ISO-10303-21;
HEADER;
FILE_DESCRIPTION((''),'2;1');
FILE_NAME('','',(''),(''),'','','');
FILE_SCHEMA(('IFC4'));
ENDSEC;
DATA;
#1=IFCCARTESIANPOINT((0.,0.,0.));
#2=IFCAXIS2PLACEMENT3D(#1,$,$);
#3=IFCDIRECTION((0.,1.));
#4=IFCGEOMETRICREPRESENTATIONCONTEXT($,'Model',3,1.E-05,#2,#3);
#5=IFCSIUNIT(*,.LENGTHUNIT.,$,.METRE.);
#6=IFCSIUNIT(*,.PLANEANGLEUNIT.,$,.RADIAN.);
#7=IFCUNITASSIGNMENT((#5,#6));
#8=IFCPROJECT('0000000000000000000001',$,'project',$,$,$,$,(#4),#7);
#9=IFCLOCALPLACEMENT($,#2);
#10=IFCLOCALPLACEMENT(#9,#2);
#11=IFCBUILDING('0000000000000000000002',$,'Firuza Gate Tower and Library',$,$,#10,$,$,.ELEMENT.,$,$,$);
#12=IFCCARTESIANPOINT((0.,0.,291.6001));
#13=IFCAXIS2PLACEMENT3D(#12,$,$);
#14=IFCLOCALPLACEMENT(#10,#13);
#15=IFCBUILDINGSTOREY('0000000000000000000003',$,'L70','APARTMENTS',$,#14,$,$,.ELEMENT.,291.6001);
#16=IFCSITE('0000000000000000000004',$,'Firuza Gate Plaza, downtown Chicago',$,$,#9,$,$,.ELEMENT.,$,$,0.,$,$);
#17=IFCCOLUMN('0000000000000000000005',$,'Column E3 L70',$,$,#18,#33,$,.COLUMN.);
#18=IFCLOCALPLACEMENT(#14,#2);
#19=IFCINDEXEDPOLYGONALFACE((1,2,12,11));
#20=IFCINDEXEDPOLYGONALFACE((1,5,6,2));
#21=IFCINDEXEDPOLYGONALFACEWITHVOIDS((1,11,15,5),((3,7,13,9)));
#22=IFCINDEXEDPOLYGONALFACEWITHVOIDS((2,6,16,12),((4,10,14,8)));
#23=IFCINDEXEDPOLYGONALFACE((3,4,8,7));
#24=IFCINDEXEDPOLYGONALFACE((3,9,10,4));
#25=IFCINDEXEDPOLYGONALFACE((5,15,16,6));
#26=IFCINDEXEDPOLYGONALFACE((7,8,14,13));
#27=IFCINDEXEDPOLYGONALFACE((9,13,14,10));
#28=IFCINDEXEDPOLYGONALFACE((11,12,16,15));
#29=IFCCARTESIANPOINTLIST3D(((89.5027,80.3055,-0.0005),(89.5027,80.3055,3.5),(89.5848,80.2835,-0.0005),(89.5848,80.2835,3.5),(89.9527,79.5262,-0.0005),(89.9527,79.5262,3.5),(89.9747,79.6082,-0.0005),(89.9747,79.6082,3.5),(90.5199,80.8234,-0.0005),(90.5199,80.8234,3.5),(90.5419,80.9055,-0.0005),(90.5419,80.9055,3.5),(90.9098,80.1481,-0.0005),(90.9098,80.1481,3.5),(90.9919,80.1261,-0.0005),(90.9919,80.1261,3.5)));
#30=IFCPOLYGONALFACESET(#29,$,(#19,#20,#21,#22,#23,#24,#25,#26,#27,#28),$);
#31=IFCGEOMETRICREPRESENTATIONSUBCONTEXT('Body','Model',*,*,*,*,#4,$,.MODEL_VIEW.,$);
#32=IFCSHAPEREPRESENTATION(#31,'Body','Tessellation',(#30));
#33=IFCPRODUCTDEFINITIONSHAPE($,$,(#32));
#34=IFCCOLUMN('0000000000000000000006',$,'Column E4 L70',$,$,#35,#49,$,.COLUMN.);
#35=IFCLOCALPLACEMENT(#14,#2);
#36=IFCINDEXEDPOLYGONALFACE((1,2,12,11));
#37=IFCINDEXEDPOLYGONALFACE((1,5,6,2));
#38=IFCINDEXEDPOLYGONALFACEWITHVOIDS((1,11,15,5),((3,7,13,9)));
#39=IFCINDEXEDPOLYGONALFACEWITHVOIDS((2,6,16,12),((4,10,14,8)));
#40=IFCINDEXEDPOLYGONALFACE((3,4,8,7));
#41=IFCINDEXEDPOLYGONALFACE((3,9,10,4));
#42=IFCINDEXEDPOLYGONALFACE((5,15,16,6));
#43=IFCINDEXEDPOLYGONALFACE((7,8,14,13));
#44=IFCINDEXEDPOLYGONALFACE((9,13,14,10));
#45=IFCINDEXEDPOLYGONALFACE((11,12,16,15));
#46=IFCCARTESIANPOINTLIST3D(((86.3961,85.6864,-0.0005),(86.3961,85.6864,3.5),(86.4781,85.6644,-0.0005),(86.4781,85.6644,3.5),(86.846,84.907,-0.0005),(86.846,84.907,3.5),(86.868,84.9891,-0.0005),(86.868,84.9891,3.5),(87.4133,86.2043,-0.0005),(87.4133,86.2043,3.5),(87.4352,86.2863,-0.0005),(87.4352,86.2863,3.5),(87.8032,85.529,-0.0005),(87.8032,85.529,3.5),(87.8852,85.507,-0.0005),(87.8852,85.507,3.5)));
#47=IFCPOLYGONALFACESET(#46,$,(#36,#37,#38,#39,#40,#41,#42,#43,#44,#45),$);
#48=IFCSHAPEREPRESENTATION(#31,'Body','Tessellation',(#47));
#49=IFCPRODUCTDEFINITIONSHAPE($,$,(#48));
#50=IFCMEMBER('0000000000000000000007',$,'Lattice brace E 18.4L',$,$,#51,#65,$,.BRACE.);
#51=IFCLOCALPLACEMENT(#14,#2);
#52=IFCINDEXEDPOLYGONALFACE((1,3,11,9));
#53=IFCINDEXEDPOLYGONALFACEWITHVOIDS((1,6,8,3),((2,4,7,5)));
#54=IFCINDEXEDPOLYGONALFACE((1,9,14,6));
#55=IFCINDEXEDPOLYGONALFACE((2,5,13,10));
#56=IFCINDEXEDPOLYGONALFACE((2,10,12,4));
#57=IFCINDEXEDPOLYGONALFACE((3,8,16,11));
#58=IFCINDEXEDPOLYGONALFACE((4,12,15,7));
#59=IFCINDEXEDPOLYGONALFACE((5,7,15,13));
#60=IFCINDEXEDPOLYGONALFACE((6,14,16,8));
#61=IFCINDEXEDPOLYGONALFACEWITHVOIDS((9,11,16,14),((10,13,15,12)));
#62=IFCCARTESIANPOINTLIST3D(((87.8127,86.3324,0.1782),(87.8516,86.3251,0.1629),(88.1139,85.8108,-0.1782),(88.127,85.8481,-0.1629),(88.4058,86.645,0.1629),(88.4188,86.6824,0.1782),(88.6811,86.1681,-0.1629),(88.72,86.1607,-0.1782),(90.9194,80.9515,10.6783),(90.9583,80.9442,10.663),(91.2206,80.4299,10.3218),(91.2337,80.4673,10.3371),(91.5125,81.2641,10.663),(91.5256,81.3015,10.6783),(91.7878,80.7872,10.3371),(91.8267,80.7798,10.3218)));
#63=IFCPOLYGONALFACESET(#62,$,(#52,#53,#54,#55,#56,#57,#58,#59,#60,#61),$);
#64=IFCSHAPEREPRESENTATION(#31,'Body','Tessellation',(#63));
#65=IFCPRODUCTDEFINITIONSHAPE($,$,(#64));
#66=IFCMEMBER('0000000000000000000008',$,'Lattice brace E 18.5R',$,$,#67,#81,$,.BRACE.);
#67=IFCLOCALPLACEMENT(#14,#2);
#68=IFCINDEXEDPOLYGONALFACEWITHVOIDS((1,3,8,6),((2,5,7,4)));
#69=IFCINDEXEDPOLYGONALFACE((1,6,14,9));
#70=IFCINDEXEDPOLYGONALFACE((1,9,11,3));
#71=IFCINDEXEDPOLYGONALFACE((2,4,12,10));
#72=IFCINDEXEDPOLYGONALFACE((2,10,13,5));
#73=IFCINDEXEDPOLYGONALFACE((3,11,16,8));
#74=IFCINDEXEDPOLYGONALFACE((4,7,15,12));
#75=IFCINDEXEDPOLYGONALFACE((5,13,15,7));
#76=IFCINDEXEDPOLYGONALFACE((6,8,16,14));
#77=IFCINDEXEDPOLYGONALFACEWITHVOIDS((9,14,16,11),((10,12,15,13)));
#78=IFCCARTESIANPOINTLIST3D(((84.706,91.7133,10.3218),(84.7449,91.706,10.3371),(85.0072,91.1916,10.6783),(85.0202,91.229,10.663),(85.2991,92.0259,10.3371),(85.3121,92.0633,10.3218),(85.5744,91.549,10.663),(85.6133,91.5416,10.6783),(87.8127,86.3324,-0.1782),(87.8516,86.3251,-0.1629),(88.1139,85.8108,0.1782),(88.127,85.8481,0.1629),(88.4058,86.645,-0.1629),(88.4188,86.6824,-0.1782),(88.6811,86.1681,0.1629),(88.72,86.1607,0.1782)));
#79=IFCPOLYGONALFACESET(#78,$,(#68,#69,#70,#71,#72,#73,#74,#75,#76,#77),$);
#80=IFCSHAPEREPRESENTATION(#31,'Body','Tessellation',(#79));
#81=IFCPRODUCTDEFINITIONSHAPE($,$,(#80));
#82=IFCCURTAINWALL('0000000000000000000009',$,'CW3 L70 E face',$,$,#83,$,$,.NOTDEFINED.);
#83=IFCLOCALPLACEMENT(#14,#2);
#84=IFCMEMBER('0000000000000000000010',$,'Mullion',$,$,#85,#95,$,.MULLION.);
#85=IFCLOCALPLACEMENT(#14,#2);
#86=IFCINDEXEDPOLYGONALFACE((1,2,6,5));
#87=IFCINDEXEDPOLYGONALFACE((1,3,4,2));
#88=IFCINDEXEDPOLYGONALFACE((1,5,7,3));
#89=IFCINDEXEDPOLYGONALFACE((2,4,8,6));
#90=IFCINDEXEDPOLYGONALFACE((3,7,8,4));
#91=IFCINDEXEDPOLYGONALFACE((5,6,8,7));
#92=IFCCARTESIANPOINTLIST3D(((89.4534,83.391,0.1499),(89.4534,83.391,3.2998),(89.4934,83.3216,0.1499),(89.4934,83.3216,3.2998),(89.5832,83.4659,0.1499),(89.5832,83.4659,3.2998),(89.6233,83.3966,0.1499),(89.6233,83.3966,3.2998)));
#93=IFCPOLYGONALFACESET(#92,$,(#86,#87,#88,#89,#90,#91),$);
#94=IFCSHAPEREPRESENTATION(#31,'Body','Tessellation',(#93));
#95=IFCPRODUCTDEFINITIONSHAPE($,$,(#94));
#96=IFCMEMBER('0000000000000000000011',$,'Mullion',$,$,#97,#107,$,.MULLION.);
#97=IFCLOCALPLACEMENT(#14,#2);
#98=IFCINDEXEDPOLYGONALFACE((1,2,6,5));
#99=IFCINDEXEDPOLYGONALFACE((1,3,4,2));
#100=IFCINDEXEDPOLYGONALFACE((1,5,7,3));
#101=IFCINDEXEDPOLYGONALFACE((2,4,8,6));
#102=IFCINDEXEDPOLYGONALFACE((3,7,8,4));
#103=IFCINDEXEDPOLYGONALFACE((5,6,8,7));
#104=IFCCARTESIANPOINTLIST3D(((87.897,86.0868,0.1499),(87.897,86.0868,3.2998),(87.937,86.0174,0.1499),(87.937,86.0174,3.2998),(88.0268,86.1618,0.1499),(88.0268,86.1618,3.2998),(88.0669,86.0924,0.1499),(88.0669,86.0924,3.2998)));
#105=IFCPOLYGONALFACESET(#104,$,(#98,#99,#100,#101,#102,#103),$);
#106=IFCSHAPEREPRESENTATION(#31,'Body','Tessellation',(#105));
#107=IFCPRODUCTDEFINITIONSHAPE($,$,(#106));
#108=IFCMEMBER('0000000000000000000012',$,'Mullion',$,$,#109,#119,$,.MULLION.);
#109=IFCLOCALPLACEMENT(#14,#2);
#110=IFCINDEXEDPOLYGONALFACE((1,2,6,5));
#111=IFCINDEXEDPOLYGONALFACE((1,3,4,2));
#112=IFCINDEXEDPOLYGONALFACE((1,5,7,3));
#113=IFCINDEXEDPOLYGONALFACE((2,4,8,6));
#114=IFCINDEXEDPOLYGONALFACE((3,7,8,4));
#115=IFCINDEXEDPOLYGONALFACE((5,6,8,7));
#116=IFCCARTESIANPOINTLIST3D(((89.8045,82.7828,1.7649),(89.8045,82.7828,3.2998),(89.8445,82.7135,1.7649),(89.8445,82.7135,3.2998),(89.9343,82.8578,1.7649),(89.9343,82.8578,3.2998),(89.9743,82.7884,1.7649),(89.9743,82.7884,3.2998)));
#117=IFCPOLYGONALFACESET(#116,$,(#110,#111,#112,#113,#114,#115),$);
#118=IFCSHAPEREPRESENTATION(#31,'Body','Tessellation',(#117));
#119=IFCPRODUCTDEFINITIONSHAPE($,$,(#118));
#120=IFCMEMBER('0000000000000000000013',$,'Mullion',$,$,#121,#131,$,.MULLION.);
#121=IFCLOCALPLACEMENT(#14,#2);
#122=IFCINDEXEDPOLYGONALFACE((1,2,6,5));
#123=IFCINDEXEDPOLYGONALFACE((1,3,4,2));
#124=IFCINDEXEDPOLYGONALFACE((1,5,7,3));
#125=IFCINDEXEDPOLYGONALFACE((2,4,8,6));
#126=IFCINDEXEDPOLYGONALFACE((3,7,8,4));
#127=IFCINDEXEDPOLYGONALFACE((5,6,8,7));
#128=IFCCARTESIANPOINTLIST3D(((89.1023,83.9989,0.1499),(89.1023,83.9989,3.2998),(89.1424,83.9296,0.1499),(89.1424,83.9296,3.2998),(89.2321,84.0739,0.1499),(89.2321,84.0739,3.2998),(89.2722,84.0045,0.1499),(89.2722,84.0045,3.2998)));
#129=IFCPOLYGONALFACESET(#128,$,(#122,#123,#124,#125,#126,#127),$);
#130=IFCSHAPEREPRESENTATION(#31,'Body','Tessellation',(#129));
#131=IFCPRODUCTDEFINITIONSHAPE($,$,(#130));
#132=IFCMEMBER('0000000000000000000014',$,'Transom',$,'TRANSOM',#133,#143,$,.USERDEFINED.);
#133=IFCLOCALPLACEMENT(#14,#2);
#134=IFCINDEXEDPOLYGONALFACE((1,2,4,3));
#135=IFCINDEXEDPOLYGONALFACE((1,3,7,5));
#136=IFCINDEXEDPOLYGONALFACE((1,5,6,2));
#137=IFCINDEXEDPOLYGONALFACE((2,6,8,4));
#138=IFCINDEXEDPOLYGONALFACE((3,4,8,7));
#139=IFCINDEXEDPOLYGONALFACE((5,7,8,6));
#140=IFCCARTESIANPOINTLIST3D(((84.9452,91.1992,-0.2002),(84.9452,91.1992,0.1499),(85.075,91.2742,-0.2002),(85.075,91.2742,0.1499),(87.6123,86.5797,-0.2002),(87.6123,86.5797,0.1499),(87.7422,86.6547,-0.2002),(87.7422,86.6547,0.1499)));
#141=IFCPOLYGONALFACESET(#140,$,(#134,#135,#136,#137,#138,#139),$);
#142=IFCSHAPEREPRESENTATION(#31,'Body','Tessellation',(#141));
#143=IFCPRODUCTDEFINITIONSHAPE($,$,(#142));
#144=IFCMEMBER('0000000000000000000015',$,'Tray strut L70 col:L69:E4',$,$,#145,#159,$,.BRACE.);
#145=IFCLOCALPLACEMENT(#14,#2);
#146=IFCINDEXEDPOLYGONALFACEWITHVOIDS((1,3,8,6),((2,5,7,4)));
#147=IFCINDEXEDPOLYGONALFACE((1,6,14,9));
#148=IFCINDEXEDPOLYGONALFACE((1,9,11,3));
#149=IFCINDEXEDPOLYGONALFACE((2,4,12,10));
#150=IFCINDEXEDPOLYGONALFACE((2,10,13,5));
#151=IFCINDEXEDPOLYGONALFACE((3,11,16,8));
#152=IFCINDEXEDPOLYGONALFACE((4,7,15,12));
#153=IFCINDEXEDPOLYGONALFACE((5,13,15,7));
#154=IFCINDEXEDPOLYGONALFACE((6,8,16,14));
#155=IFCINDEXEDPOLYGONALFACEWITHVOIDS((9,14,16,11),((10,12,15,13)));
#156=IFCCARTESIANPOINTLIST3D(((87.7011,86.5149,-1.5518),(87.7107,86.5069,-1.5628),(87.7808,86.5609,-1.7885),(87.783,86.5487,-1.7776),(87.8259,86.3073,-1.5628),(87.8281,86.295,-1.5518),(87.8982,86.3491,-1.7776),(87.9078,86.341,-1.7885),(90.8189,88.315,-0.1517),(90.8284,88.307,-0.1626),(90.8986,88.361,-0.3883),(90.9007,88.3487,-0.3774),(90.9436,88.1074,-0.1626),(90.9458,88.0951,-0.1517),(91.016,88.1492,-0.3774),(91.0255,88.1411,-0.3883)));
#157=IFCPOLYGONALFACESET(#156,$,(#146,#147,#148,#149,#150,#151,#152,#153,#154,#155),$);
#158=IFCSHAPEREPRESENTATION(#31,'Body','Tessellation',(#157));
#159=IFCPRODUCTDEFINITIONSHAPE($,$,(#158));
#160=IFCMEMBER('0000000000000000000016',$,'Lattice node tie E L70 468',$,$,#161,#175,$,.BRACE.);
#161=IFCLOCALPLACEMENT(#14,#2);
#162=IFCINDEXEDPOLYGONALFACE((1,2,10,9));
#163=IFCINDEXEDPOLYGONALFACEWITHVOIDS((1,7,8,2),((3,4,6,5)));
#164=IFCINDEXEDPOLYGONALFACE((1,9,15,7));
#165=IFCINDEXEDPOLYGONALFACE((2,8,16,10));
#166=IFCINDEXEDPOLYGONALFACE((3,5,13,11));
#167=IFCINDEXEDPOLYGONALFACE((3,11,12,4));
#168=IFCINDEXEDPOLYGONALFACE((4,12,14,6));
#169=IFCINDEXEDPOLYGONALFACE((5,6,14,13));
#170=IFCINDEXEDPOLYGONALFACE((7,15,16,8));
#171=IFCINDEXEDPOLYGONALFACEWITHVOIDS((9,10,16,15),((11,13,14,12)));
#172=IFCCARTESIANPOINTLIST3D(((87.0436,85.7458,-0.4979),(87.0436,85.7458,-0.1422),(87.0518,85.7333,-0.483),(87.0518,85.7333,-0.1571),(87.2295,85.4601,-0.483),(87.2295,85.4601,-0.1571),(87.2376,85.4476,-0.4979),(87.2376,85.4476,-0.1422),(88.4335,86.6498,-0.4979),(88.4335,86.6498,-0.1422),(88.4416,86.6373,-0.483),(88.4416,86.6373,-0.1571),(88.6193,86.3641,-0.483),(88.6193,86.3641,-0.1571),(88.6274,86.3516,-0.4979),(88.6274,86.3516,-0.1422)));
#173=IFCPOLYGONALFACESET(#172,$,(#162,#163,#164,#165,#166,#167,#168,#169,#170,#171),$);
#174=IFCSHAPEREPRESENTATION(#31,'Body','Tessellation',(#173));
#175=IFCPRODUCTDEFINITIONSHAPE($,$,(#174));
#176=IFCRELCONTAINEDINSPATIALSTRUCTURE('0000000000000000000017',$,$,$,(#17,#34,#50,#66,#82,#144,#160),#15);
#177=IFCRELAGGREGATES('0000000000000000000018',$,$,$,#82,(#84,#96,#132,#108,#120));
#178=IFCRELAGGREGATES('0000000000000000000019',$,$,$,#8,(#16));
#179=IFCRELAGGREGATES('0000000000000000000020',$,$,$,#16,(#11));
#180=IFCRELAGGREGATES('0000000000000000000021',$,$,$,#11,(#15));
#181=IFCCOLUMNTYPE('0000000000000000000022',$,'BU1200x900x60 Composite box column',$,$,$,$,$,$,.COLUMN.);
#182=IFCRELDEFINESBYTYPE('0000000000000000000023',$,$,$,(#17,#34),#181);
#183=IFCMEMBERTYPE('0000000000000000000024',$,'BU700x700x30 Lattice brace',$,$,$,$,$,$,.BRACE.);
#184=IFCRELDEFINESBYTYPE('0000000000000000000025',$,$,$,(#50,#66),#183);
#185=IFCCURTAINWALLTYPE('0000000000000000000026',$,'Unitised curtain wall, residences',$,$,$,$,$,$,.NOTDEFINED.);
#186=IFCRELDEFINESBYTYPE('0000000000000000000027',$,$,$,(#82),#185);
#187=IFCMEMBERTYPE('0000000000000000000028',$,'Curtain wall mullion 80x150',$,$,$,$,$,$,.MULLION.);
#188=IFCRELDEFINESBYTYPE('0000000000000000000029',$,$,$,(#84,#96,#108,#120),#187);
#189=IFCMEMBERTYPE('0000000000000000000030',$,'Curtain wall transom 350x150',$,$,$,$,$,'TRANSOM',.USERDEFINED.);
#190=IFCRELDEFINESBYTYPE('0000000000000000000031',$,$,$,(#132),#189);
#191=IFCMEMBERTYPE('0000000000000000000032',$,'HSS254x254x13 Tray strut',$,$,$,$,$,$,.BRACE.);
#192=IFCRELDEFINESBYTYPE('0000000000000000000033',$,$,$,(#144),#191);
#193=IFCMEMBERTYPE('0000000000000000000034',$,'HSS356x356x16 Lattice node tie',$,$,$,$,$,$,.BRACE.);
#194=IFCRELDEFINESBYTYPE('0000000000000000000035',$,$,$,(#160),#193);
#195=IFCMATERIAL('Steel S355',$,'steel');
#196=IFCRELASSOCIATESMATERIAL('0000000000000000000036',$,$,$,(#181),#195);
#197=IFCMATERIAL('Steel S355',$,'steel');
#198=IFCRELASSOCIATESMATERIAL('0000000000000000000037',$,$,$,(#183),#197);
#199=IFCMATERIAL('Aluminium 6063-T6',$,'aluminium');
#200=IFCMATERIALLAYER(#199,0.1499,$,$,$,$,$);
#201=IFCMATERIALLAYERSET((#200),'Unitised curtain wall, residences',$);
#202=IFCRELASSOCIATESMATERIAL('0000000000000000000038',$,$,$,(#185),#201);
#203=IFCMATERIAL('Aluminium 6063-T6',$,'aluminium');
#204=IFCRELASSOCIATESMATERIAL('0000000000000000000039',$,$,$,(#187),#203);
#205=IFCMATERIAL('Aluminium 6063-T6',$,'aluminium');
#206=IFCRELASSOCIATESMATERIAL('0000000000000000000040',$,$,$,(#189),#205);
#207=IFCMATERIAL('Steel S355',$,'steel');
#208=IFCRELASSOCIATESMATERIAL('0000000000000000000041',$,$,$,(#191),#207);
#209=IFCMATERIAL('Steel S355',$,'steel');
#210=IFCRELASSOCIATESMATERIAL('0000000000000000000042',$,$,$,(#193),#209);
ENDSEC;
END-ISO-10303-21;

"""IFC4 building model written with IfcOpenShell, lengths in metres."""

from ifc_helpers import new_model, si_unit, direction, frame, origin, origin_2d, place, context, subcontext, project, spatial, rectangle, hollow_rectangle, extrude, material, layer, layer_set, material_profile, profile_set, type_object, element, aggregate, save


model = new_model("IFC4")

# Units and contexts
model_context = context("Model", 3, precision=1e-05, world=origin(), true_north=direction((0.0, 1.0)))
body_context = subcontext(model_context, "Body", "Model", "MODEL_VIEW")
ifc_project = project(units=[si_unit("LENGTHUNIT", "METRE"), si_unit("PLANEANGLEUNIT", "RADIAN")], contexts=[model_context])

# Site, building, storey
site_placement = place(None, origin())
site = spatial("IfcSite", under=ifc_project, at=site_placement, Name="Firuza Gate Plaza, downtown Chicago", CompositionType="ELEMENT", RefElevation=0.0)
building_placement = place(site_placement, origin())
building = spatial("IfcBuilding", under=site, at=building_placement, Name="Firuza Gate Tower and Library", CompositionType="ELEMENT")
storey_placement = place(building_placement, frame((0.0, 0.0, 291.6001)))
storey = spatial("IfcBuildingStorey", under=building, at=storey_placement, Name="L70", Description="APARTMENTS", CompositionType="ELEMENT", Elevation=291.6001)

# Columns
ifc_material_1 = material(Name="Steel S355", Category="steel")
ifc_material_profile_1 = material_profile(ifc_material_1, hollow_rectangle(XDim=0.8999, YDim=1.2, WallThickness=0.0601, at=origin_2d()))
ifc_profile_set_1 = profile_set([ifc_material_profile_1], Name="Steel S355")
column_type = type_object("IfcColumnType", Name="BU1200x900x60 Composite box column", PredefinedType="COLUMN", material=ifc_profile_set_1)
for number, where, z_axis, x_axis, name in (
    (1, (90.2473, 80.2158, -0.0005), (0.0, 0.0, 1.0), (-0.5, 0.866025, 0.0), "Column E3 L70"),
    (2, (87.1406, 85.5967, -0.0005), (0.0, 0.0, 1.0), (-0.5, 0.866025, 0.0), "Column E4 L70"),
):
    element("IfcColumn", number, at=place(storey_placement, frame(where, z_axis=z_axis, x_axis=x_axis)), inside=storey, type_object=column_type, Name=name, PredefinedType="COLUMN", context=body_context, shape_type="SweptSolid", body=[
        extrude(hollow_rectangle(XDim=0.8999, YDim=1.2, WallThickness=0.0601, at=origin_2d()), origin(), (0.0, 0.0, 1.0), 3.5005),
    ])

# Members
ifc_material_2 = material(Name="Steel S355", Category="steel")
ifc_material_profile_2 = material_profile(ifc_material_2, hollow_rectangle(XDim=0.7, YDim=0.7, WallThickness=0.03, at=origin_2d()))
ifc_profile_set_2 = profile_set([ifc_material_profile_2], Name="Steel S355")
member_type_1 = type_object("IfcMemberType", Name="BU700x700x30 Lattice brace", PredefinedType="BRACE", material=ifc_profile_set_2)
for number, where, z_axis, x_axis, name in (
    (3, (88.2664, 86.2466, 0.0), (0.254634, -0.441032, 0.860612), (0.866022, 0.500006, 0.0), "Lattice brace E 18.4L"),
    (4, (88.2664, 86.2466, 0.0), (-0.254634, 0.441032, 0.860612), (-0.866022, -0.500006, 0.0), "Lattice brace E 18.5R"),
):
    element("IfcMember", number, at=place(storey_placement, frame(where, z_axis=z_axis, x_axis=x_axis)), inside=storey, type_object=member_type_1, Name=name, PredefinedType="BRACE", context=body_context, shape_type="SweptSolid", body=[
        extrude(hollow_rectangle(XDim=0.7, YDim=0.7, WallThickness=0.03, at=origin_2d()), origin(), (0.0, 0.0, 1.0), 12.2007),
    ])

# Curtain wall, members
ifc_material_3 = material(Name="Aluminium 6063-T6", Category="aluminium")
ifc_layer_1 = layer(ifc_material_3, 0.1499)
ifc_layer_set_1 = layer_set([ifc_layer_1], Name="Unitised curtain wall, residences")
curtain_wall_type = type_object("IfcCurtainWallType", Name="Unitised curtain wall, residences", PredefinedType="NOTDEFINED", material=ifc_layer_set_1)
curtain_wall_placement = place(storey_placement, origin())
curtain_wall = element("IfcCurtainWall", 5, at=curtain_wall_placement, inside=storey, type_object=curtain_wall_type, Name="CW3 L70 E face", PredefinedType="NOTDEFINED")
ifc_material_4 = material(Name="Aluminium 6063-T6", Category="aluminium")
ifc_material_profile_3 = material_profile(ifc_material_4, rectangle(XDim=0.1499, YDim=0.0801, at=origin_2d()))
ifc_profile_set_3 = profile_set([ifc_material_profile_3], Name="Aluminium 6063-T6")
member_type_2 = type_object("IfcMemberType", Name="Curtain wall mullion 80x150", PredefinedType="MULLION", material=ifc_profile_set_3)
member_1_placement = place(storey_placement, frame((89.5383, 83.3938, 0.1499), z_axis=(0.0, 0.0, 1.0), x_axis=(-0.866025, -0.5, 0.0)))
member_1 = element("IfcMember", 6, at=member_1_placement, type_object=member_type_2, Name="Mullion", PredefinedType="MULLION", context=body_context, shape_type="SweptSolid", body=[
    extrude(rectangle(XDim=0.1499, YDim=0.0801, at=origin_2d()), origin(), (0.0, 0.0, 1.0), 3.1499),
])
member_2_placement = place(storey_placement, frame((87.9819, 86.0896, 0.1499), z_axis=(0.0, 0.0, 1.0), x_axis=(-0.866025, -0.5, 0.0)))
member_2 = element("IfcMember", 7, at=member_2_placement, type_object=member_type_2, Name="Mullion", PredefinedType="MULLION", context=body_context, shape_type="SweptSolid", body=[
    extrude(rectangle(XDim=0.1499, YDim=0.0801, at=origin_2d()), origin(), (0.0, 0.0, 1.0), 3.1499),
])
member_3_placement = place(storey_placement, frame((89.8894, 82.7856, 1.7649), z_axis=(0.0, 0.0, 1.0), x_axis=(-0.866025, -0.5, 0.0)))
member_3 = element("IfcMember", 8, at=member_3_placement, type_object=member_type_2, Name="Mullion", PredefinedType="MULLION", context=body_context, shape_type="SweptSolid", body=[
    extrude(rectangle(XDim=0.1499, YDim=0.0801, at=origin_2d()), origin(), (0.0, 0.0, 1.0), 1.5349),
])
member_4_placement = place(storey_placement, frame((89.1873, 84.0017, 0.1499), z_axis=(0.0, 0.0, 1.0), x_axis=(-0.866025, -0.5, 0.0)))
member_4 = element("IfcMember", 9, at=member_4_placement, type_object=member_type_2, Name="Mullion", PredefinedType="MULLION", context=body_context, shape_type="SweptSolid", body=[
    extrude(rectangle(XDim=0.1499, YDim=0.0801, at=origin_2d()), origin(), (0.0, 0.0, 1.0), 3.1499),
])
ifc_material_5 = material(Name="Aluminium 6063-T6", Category="aluminium")
ifc_material_profile_4 = material_profile(ifc_material_5, rectangle(XDim=0.1499, YDim=0.3501, at=origin_2d()))
ifc_profile_set_4 = profile_set([ifc_material_profile_4], Name="Aluminium 6063-T6")
member_type_3 = type_object("IfcMemberType", Name="Curtain wall transom 350x150", ElementType="TRANSOM", PredefinedType="USERDEFINED", material=ifc_profile_set_4)
member_5_placement = place(storey_placement, frame((87.6772, 86.6172, -0.0251), z_axis=(-0.500013, 0.866018, 0.0), x_axis=(-0.866018, -0.500013, 0.0)))
member_5 = element("IfcMember", 10, at=member_5_placement, type_object=member_type_3, Name="Transom", ObjectType="TRANSOM", PredefinedType="USERDEFINED", context=body_context, shape_type="SweptSolid", body=[
    extrude(rectangle(XDim=0.1499, YDim=0.3501, at=origin_2d()), origin(), (0.0, 0.0, 1.0), 5.3342),
])

# Members
ifc_material_6 = material(Name="Steel S355", Category="steel")
ifc_material_profile_5 = material_profile(ifc_material_6, hollow_rectangle(XDim=0.2539, YDim=0.2539, WallThickness=0.0117, at=origin_2d()))
ifc_profile_set_5 = profile_set([ifc_material_profile_5], Name="Steel S355")
member_type_4 = type_object("IfcMemberType", Name="HSS254x254x13 Tray strut", PredefinedType="BRACE", material=ifc_profile_set_5)
member_6_placement = place(storey_placement, frame((87.8044, 86.428, -1.6702), z_axis=(0.807122, 0.466007, 0.362478), x_axis=(-0.500012, 0.866018, 0.0)))
element("IfcMember", 11, at=member_6_placement, inside=storey, type_object=member_type_4, Name="Tray strut L70 col:L69:E4", PredefinedType="BRACE", context=body_context, shape_type="SweptSolid", body=[
    extrude(hollow_rectangle(XDim=0.2539, YDim=0.2539, WallThickness=0.0117, at=origin_2d()), origin(), (0.0, 0.0, 1.0), 3.8628),
])
ifc_material_7 = material(Name="Steel S355", Category="steel")
ifc_material_profile_6 = material_profile(ifc_material_7, hollow_rectangle(XDim=0.3557, YDim=0.3557, WallThickness=0.0149, at=origin_2d()))
ifc_profile_set_6 = profile_set([ifc_material_profile_6], Name="Steel S355")
member_type_5 = type_object("IfcMemberType", Name="HSS356x356x16 Lattice node tie", PredefinedType="BRACE", material=ifc_profile_set_6)
member_7_placement = place(storey_placement, frame((87.1406, 85.5967, -0.3201), z_axis=(0.838272, 0.545252, 0.0), x_axis=(-0.545252, 0.838272, 0.0)))
element("IfcMember", 12, at=member_7_placement, inside=storey, type_object=member_type_5, Name="Lattice node tie E L70 468", PredefinedType="BRACE", context=body_context, shape_type="SweptSolid", body=[
    extrude(hollow_rectangle(XDim=0.3557, YDim=0.3557, WallThickness=0.0149, at=origin_2d()), origin(), (0.0, 0.0, 1.0), 1.658),
])

aggregate(curtain_wall, [member_1, member_2, member_5, member_3, member_4])

save(model, "model.ifc")
